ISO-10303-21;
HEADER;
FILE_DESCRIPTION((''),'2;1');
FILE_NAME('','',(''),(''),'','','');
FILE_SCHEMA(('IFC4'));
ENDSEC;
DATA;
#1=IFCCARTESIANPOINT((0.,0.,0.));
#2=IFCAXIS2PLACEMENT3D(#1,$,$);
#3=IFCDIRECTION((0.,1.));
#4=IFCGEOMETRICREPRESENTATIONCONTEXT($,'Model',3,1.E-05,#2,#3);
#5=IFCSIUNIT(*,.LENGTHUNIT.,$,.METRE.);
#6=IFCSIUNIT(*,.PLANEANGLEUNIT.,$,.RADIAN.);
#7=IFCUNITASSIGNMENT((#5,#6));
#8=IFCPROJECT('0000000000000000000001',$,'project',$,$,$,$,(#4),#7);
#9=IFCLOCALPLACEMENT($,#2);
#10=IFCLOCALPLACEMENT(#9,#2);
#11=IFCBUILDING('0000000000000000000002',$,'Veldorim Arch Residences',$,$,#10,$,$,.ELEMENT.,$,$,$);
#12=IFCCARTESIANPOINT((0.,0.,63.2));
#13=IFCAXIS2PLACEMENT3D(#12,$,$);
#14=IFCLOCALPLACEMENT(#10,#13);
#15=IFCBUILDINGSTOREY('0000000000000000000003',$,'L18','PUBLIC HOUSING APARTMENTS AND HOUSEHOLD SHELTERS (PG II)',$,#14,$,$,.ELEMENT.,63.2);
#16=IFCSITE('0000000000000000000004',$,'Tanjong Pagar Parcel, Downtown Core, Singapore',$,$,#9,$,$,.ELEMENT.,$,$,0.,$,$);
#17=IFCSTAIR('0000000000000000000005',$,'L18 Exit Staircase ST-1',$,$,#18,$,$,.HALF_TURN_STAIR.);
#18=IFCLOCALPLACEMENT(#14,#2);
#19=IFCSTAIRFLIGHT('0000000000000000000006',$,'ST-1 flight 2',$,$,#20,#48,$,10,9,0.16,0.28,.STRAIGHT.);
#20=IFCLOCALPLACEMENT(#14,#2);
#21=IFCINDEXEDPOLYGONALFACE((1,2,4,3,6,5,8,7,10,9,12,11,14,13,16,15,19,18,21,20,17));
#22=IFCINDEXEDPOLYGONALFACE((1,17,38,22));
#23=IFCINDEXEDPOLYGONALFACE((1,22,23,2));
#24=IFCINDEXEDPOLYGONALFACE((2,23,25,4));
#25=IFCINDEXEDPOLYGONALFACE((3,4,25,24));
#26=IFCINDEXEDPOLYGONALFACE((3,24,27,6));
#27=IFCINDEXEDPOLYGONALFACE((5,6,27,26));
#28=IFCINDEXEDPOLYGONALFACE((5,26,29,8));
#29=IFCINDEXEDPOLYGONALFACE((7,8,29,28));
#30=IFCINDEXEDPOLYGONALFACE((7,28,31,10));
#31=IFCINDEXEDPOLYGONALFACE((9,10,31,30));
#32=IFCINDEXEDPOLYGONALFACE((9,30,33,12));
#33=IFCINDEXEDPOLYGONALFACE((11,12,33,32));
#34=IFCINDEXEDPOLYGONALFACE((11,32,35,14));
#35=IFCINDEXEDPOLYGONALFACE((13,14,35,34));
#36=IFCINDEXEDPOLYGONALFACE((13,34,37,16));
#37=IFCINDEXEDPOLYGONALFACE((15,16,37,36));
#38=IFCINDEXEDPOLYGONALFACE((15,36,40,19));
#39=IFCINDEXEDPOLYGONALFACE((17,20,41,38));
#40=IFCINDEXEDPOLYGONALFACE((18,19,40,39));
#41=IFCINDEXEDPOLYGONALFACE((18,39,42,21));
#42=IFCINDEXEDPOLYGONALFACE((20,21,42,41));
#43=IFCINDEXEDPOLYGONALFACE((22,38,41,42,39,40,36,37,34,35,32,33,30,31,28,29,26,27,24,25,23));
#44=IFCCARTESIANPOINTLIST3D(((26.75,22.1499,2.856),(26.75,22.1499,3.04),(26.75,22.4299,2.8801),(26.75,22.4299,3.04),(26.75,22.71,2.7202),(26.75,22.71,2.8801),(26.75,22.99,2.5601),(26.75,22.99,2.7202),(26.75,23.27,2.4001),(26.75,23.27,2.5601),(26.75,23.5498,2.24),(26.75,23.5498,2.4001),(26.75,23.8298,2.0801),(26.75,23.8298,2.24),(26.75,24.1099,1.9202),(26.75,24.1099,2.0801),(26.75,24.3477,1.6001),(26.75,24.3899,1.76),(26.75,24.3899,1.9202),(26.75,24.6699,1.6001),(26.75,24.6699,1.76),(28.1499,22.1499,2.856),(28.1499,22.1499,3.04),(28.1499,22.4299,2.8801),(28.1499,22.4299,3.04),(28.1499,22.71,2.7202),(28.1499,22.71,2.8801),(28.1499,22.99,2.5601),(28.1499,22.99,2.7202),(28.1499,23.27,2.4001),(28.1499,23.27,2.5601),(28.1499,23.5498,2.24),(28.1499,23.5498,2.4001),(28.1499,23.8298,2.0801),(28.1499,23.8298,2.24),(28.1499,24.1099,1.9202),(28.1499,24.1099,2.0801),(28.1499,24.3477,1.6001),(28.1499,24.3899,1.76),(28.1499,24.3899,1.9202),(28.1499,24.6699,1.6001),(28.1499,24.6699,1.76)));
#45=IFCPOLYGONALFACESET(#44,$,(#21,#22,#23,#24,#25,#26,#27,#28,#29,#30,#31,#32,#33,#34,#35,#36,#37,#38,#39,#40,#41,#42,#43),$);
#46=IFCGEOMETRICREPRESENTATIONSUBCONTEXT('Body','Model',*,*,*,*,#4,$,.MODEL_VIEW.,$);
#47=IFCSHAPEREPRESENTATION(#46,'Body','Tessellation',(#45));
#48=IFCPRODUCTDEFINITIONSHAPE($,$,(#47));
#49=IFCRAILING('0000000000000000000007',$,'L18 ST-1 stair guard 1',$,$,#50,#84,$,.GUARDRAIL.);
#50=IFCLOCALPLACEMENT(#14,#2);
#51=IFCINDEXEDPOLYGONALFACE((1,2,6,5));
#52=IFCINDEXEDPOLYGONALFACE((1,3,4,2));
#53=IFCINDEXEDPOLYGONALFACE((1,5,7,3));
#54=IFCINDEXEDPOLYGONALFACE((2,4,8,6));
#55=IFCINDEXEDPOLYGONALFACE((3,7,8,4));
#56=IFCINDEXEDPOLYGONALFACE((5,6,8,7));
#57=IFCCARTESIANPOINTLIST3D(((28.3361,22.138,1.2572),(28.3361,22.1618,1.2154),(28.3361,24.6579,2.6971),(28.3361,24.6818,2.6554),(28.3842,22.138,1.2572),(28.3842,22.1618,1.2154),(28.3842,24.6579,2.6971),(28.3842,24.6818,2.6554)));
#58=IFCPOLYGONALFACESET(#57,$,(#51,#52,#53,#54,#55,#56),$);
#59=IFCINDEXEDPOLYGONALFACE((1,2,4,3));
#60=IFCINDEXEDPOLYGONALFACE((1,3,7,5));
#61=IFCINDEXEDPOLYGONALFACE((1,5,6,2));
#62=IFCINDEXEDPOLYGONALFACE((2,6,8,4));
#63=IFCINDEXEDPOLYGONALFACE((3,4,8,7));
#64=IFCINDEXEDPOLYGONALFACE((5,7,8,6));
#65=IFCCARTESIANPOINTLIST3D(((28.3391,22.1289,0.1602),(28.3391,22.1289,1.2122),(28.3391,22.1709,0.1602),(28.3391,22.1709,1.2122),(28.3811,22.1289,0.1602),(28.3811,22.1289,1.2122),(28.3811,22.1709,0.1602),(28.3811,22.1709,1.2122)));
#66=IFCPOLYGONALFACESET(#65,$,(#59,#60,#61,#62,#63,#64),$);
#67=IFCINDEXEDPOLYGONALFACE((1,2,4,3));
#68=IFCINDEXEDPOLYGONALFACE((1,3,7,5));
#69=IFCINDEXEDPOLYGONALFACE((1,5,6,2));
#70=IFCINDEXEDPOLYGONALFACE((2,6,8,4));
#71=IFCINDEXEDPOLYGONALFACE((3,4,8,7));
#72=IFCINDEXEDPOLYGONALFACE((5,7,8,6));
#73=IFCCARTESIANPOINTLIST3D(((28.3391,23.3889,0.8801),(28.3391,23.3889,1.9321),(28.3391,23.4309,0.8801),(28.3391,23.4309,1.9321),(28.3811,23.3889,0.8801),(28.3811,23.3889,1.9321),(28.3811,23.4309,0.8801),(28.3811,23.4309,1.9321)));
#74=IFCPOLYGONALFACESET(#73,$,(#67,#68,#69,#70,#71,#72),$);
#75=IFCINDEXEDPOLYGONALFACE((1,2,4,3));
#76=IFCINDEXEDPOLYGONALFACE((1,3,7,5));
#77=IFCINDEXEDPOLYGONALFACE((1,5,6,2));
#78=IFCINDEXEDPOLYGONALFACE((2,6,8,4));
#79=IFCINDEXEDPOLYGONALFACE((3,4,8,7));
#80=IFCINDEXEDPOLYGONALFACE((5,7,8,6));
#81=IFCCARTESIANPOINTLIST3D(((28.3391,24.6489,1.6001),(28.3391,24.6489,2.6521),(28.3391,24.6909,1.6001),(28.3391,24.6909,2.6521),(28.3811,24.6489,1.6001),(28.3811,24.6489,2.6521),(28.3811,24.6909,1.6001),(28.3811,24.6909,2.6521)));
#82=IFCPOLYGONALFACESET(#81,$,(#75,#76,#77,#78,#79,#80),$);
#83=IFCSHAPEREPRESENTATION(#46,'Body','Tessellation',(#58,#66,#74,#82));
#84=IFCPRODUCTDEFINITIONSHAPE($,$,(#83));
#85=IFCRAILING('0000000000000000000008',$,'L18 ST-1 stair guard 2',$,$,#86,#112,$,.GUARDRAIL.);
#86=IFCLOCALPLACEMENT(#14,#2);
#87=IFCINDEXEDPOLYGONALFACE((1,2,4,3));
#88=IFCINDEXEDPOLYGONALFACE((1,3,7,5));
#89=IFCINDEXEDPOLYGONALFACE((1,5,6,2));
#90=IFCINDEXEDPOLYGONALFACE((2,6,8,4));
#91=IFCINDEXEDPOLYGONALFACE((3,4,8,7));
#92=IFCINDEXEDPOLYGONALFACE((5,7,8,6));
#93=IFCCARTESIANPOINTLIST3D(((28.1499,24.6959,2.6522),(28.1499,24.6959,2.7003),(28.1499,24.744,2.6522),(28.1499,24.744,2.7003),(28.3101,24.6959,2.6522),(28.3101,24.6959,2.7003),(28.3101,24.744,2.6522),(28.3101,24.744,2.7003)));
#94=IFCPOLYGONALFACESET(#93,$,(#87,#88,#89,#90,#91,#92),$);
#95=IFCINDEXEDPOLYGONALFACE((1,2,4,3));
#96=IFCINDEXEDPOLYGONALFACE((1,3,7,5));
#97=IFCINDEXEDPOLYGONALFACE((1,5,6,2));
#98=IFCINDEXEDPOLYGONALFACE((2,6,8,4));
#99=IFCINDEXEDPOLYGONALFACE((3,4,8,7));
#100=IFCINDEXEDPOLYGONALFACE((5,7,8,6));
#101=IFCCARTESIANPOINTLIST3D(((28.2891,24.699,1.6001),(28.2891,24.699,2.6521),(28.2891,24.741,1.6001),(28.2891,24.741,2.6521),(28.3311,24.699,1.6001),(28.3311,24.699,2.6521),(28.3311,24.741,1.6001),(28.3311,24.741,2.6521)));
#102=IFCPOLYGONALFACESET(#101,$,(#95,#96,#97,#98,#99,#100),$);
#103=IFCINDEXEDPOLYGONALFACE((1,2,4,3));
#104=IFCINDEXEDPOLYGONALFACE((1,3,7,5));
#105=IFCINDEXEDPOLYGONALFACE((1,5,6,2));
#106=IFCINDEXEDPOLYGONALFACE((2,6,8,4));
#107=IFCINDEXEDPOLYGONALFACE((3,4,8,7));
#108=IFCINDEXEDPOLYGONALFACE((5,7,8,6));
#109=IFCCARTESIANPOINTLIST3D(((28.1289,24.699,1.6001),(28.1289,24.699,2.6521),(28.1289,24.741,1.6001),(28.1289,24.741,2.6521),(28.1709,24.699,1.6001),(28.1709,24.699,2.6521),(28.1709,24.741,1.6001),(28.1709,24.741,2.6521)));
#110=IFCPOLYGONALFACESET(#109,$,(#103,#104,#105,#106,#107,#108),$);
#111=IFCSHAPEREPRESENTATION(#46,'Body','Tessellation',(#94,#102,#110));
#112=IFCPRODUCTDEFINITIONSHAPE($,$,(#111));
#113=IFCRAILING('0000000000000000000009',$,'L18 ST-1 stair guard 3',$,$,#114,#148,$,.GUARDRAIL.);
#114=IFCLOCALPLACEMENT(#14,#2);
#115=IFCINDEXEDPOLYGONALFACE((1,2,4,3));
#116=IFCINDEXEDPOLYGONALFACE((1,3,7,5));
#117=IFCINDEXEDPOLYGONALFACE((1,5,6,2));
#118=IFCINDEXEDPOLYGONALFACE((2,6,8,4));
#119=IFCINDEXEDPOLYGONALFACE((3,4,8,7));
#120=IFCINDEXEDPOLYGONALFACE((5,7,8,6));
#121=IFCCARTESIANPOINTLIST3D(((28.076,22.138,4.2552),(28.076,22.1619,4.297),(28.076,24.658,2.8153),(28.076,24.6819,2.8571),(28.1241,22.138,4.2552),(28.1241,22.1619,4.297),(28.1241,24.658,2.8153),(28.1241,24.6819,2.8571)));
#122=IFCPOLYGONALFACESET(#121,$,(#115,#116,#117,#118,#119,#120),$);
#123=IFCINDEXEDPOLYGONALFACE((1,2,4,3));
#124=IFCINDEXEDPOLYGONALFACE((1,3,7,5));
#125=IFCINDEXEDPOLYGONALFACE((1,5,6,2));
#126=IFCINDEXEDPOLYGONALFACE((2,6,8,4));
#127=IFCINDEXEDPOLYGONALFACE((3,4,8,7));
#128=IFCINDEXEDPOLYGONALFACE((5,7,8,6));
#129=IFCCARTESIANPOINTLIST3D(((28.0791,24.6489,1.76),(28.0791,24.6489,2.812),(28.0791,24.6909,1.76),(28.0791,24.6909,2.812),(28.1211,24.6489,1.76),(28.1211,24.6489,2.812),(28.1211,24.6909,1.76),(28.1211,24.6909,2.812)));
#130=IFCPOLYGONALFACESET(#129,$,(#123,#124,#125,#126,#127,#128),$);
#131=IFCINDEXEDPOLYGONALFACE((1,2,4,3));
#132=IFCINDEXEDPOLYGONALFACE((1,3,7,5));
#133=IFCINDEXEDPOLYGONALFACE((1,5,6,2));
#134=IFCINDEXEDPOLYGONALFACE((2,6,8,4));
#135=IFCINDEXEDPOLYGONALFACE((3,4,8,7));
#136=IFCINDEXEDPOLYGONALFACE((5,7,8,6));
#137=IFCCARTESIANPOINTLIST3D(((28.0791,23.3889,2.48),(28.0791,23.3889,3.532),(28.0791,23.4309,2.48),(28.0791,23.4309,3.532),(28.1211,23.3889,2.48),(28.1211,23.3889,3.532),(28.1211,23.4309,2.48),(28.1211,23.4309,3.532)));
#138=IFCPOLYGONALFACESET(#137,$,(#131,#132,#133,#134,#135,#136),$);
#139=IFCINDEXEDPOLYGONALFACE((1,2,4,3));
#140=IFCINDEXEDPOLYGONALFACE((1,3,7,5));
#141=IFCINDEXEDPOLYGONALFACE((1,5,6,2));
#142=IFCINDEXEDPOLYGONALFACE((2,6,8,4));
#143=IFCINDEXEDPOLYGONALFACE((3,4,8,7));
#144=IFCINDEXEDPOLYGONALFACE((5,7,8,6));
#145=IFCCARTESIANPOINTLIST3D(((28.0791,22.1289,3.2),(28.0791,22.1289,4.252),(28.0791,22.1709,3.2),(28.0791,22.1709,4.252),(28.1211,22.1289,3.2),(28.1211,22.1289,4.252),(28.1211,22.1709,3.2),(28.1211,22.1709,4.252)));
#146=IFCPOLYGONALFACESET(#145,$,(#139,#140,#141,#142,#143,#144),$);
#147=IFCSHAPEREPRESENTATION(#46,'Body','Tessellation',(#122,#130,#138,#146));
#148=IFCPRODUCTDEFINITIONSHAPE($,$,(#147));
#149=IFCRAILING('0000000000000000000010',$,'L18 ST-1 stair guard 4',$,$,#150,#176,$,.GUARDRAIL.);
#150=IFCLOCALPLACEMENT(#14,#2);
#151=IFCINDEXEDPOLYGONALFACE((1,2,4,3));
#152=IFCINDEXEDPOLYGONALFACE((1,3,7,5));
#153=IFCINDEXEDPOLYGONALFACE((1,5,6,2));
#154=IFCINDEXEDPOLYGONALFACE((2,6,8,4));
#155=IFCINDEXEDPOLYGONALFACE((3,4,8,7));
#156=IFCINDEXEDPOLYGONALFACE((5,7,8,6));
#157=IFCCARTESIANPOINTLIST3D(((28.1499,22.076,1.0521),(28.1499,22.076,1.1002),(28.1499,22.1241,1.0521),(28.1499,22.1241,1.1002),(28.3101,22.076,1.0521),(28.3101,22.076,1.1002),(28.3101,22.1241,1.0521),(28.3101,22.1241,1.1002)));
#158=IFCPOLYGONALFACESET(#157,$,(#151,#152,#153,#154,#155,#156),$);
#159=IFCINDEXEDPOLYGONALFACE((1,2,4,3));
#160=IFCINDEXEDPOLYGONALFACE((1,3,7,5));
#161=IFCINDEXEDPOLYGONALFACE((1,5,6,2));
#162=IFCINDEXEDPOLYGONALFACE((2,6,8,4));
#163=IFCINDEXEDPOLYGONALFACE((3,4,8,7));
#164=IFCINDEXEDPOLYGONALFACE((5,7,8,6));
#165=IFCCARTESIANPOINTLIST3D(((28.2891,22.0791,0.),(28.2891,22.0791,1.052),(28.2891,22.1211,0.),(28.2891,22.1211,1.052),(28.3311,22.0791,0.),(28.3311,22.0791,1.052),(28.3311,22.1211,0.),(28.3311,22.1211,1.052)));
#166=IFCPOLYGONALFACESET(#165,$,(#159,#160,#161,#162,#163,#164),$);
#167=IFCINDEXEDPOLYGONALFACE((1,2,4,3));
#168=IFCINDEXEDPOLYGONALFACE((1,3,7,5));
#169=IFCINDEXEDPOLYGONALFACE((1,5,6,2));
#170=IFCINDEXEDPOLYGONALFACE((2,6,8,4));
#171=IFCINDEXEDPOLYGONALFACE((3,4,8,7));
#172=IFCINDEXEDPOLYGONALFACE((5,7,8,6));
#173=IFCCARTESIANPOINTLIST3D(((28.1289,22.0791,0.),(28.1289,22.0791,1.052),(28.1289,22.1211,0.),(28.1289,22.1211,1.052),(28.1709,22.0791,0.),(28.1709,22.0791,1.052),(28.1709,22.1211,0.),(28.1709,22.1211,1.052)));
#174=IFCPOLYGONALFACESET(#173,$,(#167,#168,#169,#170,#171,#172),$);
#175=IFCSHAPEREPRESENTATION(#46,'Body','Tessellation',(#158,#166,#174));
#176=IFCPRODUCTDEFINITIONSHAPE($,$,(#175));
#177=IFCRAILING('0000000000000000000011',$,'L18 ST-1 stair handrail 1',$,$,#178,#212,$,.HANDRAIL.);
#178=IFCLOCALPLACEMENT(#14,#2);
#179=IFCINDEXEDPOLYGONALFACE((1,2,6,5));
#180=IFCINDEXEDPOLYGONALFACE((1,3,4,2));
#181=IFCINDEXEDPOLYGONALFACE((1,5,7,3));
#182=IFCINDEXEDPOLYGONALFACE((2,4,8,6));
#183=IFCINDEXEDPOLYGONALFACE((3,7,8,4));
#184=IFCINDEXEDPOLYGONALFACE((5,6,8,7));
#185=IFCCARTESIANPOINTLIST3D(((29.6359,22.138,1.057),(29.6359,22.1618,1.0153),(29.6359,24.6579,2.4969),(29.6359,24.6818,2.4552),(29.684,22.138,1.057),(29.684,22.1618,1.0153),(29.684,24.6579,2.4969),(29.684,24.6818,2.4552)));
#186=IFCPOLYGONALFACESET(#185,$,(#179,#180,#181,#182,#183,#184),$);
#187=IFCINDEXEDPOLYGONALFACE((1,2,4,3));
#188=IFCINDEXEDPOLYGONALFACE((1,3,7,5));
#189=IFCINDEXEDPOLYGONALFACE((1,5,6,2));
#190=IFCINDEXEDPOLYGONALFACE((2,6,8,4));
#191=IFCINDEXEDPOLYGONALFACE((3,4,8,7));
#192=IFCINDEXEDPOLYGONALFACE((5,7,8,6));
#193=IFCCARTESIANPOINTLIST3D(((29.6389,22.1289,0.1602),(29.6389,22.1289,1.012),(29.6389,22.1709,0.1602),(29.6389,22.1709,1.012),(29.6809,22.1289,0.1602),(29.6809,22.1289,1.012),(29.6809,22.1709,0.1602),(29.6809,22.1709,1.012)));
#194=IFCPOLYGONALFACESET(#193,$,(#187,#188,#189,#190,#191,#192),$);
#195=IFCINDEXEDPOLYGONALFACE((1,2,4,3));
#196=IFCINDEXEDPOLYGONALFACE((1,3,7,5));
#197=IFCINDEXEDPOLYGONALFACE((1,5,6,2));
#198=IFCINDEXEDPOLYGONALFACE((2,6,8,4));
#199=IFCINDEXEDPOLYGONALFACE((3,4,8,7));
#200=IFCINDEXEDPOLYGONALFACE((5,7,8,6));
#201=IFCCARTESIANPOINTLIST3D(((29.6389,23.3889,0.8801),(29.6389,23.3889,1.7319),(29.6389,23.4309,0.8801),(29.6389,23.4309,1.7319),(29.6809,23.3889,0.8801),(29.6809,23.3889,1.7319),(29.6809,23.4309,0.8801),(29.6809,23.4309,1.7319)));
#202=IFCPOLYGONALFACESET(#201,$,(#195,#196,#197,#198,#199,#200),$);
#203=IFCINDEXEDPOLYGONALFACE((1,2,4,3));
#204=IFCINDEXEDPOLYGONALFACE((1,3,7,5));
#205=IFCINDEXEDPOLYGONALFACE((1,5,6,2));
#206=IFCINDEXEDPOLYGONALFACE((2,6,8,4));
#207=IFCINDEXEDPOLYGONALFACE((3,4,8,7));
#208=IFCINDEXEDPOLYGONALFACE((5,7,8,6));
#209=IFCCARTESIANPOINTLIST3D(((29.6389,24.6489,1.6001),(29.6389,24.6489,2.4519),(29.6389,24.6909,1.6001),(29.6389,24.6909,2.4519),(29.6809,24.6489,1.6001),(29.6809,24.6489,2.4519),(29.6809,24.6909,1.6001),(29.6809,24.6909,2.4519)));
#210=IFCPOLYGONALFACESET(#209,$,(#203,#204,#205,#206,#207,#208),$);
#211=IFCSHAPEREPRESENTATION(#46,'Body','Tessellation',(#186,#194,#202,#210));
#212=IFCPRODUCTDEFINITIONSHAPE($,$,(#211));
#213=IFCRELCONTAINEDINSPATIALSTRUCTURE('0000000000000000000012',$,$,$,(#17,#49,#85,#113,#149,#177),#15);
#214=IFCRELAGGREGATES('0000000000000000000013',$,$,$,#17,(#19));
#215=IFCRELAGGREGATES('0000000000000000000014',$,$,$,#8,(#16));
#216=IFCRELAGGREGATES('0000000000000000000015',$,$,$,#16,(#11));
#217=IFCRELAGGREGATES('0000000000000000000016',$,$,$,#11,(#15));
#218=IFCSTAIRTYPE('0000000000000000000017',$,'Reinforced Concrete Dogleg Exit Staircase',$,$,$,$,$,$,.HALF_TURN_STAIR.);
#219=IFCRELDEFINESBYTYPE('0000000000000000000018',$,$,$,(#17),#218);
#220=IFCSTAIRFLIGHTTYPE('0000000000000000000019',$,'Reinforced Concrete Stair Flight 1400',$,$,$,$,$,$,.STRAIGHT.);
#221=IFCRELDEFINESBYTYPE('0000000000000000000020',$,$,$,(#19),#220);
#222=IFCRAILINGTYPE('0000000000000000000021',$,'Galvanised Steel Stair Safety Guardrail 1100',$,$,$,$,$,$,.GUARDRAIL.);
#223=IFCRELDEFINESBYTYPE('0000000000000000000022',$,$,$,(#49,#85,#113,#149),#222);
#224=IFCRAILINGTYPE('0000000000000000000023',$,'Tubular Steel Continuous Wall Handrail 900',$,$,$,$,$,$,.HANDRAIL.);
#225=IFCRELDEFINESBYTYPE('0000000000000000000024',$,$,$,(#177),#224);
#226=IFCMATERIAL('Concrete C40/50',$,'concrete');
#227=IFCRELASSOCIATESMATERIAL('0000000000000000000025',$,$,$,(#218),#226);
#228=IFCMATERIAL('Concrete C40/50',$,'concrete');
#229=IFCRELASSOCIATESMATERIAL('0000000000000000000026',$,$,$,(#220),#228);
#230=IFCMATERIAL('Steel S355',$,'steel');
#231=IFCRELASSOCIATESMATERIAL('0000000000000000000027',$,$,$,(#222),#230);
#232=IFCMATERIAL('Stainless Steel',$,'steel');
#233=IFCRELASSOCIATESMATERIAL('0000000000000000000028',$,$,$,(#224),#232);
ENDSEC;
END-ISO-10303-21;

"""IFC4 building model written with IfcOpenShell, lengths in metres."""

from ifc_helpers import new_model, si_unit, direction, frame, origin, origin_2d, place, context, subcontext, project, spatial, polyline, rectangle, outline, extrude, material, type_object, element, aggregate, save


model = new_model("IFC4")

# Units and contexts
model_context = context("Model", 3, precision=1e-05, world=origin(), true_north=direction((0.0, 1.0)))
body_context = subcontext(model_context, "Body", "Model", "MODEL_VIEW")
ifc_project = project(units=[si_unit("LENGTHUNIT", "METRE"), si_unit("PLANEANGLEUNIT", "RADIAN")], contexts=[model_context])

# Site, building, storey
site_placement = place(None, origin())
site = spatial("IfcSite", under=ifc_project, at=site_placement, Name="Tanjong Pagar Parcel, Downtown Core, Singapore", CompositionType="ELEMENT", RefElevation=0.0)
building_placement = place(site_placement, origin())
building = spatial("IfcBuilding", under=site, at=building_placement, Name="Veldorim Arch Residences", CompositionType="ELEMENT")
storey_placement = place(building_placement, frame((0.0, 0.0, 63.2)))
storey = spatial("IfcBuildingStorey", under=building, at=storey_placement, Name="L18", Description="PUBLIC HOUSING APARTMENTS AND HOUSEHOLD SHELTERS (PG II)", CompositionType="ELEMENT", Elevation=63.2)

# Stair, stair flight
ifc_material_1 = material(Name="Concrete C40/50", Category="concrete")
stair_type = type_object("IfcStairType", Name="Reinforced Concrete Dogleg Exit Staircase", PredefinedType="HALF_TURN_STAIR", material=ifc_material_1)
stair_placement = place(storey_placement, origin())
stair = element("IfcStair", 1, at=stair_placement, inside=storey, type_object=stair_type, Name="L18 Exit Staircase ST-1", PredefinedType="HALF_TURN_STAIR")
ifc_material_2 = material(Name="Concrete C40/50", Category="concrete")
stair_flight_type = type_object("IfcStairFlightType", Name="Reinforced Concrete Stair Flight 1400", PredefinedType="STRAIGHT", material=ifc_material_2)
stair_flight_1_placement = place(storey_placement, frame((27.45, 24.6699, 1.6001), z_axis=(0.0, 0.0, 1.0), x_axis=(0.0, -1.0, 0.0)))
stair_flight_1 = element("IfcStairFlight", 2, at=stair_flight_1_placement, type_object=stair_flight_type, Name="ST-1 flight 2", NumberOfRisers=10, NumberOfTreads=9, PredefinedType="STRAIGHT", RiserHeight=0.16, TreadLength=0.28, context=body_context, shape_type="SweptSolid", body=[
    extrude(outline(polyline([(0.0, 0.0), (0.0, 0.1599), (0.28, 0.1599), (0.28, 0.3201), (0.5601, 0.3201), (0.5601, 0.48), (0.8401, 0.48), (0.8401, 0.6399), (1.1201, 0.6399), (1.1201, 0.8), (1.3999, 0.8), (1.3999, 0.96), (1.6799, 0.96), (1.6799, 1.1201), (1.96, 1.1201), (1.96, 1.28), (2.24, 1.28), (2.24, 1.4399), (2.52, 1.4399), (2.52, 1.6001), (2.52, 1.2559), (0.3223, 0.0), (0.0, 0.0)])), frame((0.0, 0.7, 0.0), z_axis=(0.0, -1.0, 0.0), x_axis=(1.0, 0.0, 0.0)), (0.0, 0.0, 1.0), 1.3999),
])
aggregate(stair, [stair_flight_1])

# Railings
ifc_material_3 = material(Name="Steel S355", Category="steel")
railing_type_1 = type_object("IfcRailingType", Name="Galvanised Steel Stair Safety Guardrail 1100", PredefinedType="GUARDRAIL", material=ifc_material_3)
railing_1_placement = place(storey_placement, frame((28.3601, 22.1499, 0.1602)))
element("IfcRailing", 3, at=railing_1_placement, inside=storey, type_object=railing_type_1, Name="L18 ST-1 stair guard 1", PredefinedType="GUARDRAIL", context=body_context, shape_type="SweptSolid", body=[
    extrude(rectangle(XDim=0.0481, YDim=0.0481, at=origin_2d()), frame((0.0, 0.0, 1.0762), z_axis=(0.0, 0.868253, 0.496121), x_axis=(-1.0, 0.0, 0.0)), (0.0, 0.0, 1.0), 2.9023),
    extrude(rectangle(XDim=0.042, YDim=0.042, at=origin_2d()), origin(), (0.0, 0.0, 1.0), 1.052),
    extrude(rectangle(XDim=0.042, YDim=0.042, at=origin_2d()), frame((0.0, 1.26, 0.72)), (0.0, 0.0, 1.0), 1.052),
    extrude(rectangle(XDim=0.042, YDim=0.042, at=origin_2d()), frame((0.0, 2.52, 1.4399)), (0.0, 0.0, 1.0), 1.052),
])
railing_2_placement = place(storey_placement, frame((28.3101, 24.72, 1.6001)))
element("IfcRailing", 4, at=railing_2_placement, inside=storey, type_object=railing_type_1, Name="L18 ST-1 stair guard 2", PredefinedType="GUARDRAIL", context=body_context, shape_type="SweptSolid", body=[
    extrude(rectangle(XDim=0.0481, YDim=0.0481, at=origin_2d()), frame((0.0, 0.0, 1.0762), z_axis=(-1.0, 0.0, 0.0), x_axis=(0.0, -1.0, 0.0)), (0.0, 0.0, 1.0), 0.1602),
    extrude(rectangle(XDim=0.042, YDim=0.042, at=origin_2d()), origin(), (0.0, 0.0, 1.0), 1.052),
    extrude(rectangle(XDim=0.042, YDim=0.042, at=origin_2d()), frame((-0.1602, 0.0, 0.0)), (0.0, 0.0, 1.0), 1.052),
])
railing_3_placement = place(storey_placement, frame((28.1001, 24.6699, 1.76)))
element("IfcRailing", 5, at=railing_3_placement, inside=storey, type_object=railing_type_1, Name="L18 ST-1 stair guard 3", PredefinedType="GUARDRAIL", context=body_context, shape_type="SweptSolid", body=[
    extrude(rectangle(XDim=0.0481, YDim=0.0481, at=origin_2d()), frame((0.0, 0.0, 1.0762), z_axis=(0.0, -0.868253, 0.496121), x_axis=(1.0, 0.0, 0.0)), (0.0, 0.0, 1.0), 2.9023),
    extrude(rectangle(XDim=0.042, YDim=0.042, at=origin_2d()), origin(), (0.0, 0.0, 1.0), 1.052),
    extrude(rectangle(XDim=0.042, YDim=0.042, at=origin_2d()), frame((0.0, -1.26, 0.72)), (0.0, 0.0, 1.0), 1.052),
    extrude(rectangle(XDim=0.042, YDim=0.042, at=origin_2d()), frame((0.0, -2.52, 1.4399)), (0.0, 0.0, 1.0), 1.052),
])
railing_4_placement = place(storey_placement, frame((28.3101, 22.1001, 0.0)))
element("IfcRailing", 6, at=railing_4_placement, inside=storey, type_object=railing_type_1, Name="L18 ST-1 stair guard 4", PredefinedType="GUARDRAIL", context=body_context, shape_type="SweptSolid", body=[
    extrude(rectangle(XDim=0.0481, YDim=0.0481, at=origin_2d()), frame((0.0, 0.0, 1.0762), z_axis=(-1.0, 0.0, 0.0), x_axis=(0.0, -1.0, 0.0)), (0.0, 0.0, 1.0), 0.1602),
    extrude(rectangle(XDim=0.042, YDim=0.042, at=origin_2d()), origin(), (0.0, 0.0, 1.0), 1.052),
    extrude(rectangle(XDim=0.042, YDim=0.042, at=origin_2d()), frame((-0.1602, 0.0, 0.0)), (0.0, 0.0, 1.0), 1.052),
])
ifc_material_4 = material(Name="Stainless Steel", Category="steel")
railing_type_2 = type_object("IfcRailingType", Name="Tubular Steel Continuous Wall Handrail 900", PredefinedType="HANDRAIL", material=ifc_material_4)
railing_5_placement = place(storey_placement, frame((29.6599, 22.1499, 0.1602)))
element("IfcRailing", 7, at=railing_5_placement, inside=storey, type_object=railing_type_2, Name="L18 ST-1 stair handrail 1", PredefinedType="HANDRAIL", context=body_context, shape_type="SweptSolid", body=[
    extrude(rectangle(XDim=0.0481, YDim=0.0481, at=origin_2d()), frame((0.0, 0.0, 0.876), z_axis=(0.0, 0.868253, 0.496121), x_axis=(-1.0, 0.0, 0.0)), (0.0, 0.0, 1.0), 2.9023),
    extrude(rectangle(XDim=0.042, YDim=0.042, at=origin_2d()), origin(), (0.0, 0.0, 1.0), 0.8518),
    extrude(rectangle(XDim=0.042, YDim=0.042, at=origin_2d()), frame((0.0, 1.26, 0.72)), (0.0, 0.0, 1.0), 0.8518),
    extrude(rectangle(XDim=0.042, YDim=0.042, at=origin_2d()), frame((0.0, 2.52, 1.4399)), (0.0, 0.0, 1.0), 0.8518),
])

save(model, "model.ifc")
